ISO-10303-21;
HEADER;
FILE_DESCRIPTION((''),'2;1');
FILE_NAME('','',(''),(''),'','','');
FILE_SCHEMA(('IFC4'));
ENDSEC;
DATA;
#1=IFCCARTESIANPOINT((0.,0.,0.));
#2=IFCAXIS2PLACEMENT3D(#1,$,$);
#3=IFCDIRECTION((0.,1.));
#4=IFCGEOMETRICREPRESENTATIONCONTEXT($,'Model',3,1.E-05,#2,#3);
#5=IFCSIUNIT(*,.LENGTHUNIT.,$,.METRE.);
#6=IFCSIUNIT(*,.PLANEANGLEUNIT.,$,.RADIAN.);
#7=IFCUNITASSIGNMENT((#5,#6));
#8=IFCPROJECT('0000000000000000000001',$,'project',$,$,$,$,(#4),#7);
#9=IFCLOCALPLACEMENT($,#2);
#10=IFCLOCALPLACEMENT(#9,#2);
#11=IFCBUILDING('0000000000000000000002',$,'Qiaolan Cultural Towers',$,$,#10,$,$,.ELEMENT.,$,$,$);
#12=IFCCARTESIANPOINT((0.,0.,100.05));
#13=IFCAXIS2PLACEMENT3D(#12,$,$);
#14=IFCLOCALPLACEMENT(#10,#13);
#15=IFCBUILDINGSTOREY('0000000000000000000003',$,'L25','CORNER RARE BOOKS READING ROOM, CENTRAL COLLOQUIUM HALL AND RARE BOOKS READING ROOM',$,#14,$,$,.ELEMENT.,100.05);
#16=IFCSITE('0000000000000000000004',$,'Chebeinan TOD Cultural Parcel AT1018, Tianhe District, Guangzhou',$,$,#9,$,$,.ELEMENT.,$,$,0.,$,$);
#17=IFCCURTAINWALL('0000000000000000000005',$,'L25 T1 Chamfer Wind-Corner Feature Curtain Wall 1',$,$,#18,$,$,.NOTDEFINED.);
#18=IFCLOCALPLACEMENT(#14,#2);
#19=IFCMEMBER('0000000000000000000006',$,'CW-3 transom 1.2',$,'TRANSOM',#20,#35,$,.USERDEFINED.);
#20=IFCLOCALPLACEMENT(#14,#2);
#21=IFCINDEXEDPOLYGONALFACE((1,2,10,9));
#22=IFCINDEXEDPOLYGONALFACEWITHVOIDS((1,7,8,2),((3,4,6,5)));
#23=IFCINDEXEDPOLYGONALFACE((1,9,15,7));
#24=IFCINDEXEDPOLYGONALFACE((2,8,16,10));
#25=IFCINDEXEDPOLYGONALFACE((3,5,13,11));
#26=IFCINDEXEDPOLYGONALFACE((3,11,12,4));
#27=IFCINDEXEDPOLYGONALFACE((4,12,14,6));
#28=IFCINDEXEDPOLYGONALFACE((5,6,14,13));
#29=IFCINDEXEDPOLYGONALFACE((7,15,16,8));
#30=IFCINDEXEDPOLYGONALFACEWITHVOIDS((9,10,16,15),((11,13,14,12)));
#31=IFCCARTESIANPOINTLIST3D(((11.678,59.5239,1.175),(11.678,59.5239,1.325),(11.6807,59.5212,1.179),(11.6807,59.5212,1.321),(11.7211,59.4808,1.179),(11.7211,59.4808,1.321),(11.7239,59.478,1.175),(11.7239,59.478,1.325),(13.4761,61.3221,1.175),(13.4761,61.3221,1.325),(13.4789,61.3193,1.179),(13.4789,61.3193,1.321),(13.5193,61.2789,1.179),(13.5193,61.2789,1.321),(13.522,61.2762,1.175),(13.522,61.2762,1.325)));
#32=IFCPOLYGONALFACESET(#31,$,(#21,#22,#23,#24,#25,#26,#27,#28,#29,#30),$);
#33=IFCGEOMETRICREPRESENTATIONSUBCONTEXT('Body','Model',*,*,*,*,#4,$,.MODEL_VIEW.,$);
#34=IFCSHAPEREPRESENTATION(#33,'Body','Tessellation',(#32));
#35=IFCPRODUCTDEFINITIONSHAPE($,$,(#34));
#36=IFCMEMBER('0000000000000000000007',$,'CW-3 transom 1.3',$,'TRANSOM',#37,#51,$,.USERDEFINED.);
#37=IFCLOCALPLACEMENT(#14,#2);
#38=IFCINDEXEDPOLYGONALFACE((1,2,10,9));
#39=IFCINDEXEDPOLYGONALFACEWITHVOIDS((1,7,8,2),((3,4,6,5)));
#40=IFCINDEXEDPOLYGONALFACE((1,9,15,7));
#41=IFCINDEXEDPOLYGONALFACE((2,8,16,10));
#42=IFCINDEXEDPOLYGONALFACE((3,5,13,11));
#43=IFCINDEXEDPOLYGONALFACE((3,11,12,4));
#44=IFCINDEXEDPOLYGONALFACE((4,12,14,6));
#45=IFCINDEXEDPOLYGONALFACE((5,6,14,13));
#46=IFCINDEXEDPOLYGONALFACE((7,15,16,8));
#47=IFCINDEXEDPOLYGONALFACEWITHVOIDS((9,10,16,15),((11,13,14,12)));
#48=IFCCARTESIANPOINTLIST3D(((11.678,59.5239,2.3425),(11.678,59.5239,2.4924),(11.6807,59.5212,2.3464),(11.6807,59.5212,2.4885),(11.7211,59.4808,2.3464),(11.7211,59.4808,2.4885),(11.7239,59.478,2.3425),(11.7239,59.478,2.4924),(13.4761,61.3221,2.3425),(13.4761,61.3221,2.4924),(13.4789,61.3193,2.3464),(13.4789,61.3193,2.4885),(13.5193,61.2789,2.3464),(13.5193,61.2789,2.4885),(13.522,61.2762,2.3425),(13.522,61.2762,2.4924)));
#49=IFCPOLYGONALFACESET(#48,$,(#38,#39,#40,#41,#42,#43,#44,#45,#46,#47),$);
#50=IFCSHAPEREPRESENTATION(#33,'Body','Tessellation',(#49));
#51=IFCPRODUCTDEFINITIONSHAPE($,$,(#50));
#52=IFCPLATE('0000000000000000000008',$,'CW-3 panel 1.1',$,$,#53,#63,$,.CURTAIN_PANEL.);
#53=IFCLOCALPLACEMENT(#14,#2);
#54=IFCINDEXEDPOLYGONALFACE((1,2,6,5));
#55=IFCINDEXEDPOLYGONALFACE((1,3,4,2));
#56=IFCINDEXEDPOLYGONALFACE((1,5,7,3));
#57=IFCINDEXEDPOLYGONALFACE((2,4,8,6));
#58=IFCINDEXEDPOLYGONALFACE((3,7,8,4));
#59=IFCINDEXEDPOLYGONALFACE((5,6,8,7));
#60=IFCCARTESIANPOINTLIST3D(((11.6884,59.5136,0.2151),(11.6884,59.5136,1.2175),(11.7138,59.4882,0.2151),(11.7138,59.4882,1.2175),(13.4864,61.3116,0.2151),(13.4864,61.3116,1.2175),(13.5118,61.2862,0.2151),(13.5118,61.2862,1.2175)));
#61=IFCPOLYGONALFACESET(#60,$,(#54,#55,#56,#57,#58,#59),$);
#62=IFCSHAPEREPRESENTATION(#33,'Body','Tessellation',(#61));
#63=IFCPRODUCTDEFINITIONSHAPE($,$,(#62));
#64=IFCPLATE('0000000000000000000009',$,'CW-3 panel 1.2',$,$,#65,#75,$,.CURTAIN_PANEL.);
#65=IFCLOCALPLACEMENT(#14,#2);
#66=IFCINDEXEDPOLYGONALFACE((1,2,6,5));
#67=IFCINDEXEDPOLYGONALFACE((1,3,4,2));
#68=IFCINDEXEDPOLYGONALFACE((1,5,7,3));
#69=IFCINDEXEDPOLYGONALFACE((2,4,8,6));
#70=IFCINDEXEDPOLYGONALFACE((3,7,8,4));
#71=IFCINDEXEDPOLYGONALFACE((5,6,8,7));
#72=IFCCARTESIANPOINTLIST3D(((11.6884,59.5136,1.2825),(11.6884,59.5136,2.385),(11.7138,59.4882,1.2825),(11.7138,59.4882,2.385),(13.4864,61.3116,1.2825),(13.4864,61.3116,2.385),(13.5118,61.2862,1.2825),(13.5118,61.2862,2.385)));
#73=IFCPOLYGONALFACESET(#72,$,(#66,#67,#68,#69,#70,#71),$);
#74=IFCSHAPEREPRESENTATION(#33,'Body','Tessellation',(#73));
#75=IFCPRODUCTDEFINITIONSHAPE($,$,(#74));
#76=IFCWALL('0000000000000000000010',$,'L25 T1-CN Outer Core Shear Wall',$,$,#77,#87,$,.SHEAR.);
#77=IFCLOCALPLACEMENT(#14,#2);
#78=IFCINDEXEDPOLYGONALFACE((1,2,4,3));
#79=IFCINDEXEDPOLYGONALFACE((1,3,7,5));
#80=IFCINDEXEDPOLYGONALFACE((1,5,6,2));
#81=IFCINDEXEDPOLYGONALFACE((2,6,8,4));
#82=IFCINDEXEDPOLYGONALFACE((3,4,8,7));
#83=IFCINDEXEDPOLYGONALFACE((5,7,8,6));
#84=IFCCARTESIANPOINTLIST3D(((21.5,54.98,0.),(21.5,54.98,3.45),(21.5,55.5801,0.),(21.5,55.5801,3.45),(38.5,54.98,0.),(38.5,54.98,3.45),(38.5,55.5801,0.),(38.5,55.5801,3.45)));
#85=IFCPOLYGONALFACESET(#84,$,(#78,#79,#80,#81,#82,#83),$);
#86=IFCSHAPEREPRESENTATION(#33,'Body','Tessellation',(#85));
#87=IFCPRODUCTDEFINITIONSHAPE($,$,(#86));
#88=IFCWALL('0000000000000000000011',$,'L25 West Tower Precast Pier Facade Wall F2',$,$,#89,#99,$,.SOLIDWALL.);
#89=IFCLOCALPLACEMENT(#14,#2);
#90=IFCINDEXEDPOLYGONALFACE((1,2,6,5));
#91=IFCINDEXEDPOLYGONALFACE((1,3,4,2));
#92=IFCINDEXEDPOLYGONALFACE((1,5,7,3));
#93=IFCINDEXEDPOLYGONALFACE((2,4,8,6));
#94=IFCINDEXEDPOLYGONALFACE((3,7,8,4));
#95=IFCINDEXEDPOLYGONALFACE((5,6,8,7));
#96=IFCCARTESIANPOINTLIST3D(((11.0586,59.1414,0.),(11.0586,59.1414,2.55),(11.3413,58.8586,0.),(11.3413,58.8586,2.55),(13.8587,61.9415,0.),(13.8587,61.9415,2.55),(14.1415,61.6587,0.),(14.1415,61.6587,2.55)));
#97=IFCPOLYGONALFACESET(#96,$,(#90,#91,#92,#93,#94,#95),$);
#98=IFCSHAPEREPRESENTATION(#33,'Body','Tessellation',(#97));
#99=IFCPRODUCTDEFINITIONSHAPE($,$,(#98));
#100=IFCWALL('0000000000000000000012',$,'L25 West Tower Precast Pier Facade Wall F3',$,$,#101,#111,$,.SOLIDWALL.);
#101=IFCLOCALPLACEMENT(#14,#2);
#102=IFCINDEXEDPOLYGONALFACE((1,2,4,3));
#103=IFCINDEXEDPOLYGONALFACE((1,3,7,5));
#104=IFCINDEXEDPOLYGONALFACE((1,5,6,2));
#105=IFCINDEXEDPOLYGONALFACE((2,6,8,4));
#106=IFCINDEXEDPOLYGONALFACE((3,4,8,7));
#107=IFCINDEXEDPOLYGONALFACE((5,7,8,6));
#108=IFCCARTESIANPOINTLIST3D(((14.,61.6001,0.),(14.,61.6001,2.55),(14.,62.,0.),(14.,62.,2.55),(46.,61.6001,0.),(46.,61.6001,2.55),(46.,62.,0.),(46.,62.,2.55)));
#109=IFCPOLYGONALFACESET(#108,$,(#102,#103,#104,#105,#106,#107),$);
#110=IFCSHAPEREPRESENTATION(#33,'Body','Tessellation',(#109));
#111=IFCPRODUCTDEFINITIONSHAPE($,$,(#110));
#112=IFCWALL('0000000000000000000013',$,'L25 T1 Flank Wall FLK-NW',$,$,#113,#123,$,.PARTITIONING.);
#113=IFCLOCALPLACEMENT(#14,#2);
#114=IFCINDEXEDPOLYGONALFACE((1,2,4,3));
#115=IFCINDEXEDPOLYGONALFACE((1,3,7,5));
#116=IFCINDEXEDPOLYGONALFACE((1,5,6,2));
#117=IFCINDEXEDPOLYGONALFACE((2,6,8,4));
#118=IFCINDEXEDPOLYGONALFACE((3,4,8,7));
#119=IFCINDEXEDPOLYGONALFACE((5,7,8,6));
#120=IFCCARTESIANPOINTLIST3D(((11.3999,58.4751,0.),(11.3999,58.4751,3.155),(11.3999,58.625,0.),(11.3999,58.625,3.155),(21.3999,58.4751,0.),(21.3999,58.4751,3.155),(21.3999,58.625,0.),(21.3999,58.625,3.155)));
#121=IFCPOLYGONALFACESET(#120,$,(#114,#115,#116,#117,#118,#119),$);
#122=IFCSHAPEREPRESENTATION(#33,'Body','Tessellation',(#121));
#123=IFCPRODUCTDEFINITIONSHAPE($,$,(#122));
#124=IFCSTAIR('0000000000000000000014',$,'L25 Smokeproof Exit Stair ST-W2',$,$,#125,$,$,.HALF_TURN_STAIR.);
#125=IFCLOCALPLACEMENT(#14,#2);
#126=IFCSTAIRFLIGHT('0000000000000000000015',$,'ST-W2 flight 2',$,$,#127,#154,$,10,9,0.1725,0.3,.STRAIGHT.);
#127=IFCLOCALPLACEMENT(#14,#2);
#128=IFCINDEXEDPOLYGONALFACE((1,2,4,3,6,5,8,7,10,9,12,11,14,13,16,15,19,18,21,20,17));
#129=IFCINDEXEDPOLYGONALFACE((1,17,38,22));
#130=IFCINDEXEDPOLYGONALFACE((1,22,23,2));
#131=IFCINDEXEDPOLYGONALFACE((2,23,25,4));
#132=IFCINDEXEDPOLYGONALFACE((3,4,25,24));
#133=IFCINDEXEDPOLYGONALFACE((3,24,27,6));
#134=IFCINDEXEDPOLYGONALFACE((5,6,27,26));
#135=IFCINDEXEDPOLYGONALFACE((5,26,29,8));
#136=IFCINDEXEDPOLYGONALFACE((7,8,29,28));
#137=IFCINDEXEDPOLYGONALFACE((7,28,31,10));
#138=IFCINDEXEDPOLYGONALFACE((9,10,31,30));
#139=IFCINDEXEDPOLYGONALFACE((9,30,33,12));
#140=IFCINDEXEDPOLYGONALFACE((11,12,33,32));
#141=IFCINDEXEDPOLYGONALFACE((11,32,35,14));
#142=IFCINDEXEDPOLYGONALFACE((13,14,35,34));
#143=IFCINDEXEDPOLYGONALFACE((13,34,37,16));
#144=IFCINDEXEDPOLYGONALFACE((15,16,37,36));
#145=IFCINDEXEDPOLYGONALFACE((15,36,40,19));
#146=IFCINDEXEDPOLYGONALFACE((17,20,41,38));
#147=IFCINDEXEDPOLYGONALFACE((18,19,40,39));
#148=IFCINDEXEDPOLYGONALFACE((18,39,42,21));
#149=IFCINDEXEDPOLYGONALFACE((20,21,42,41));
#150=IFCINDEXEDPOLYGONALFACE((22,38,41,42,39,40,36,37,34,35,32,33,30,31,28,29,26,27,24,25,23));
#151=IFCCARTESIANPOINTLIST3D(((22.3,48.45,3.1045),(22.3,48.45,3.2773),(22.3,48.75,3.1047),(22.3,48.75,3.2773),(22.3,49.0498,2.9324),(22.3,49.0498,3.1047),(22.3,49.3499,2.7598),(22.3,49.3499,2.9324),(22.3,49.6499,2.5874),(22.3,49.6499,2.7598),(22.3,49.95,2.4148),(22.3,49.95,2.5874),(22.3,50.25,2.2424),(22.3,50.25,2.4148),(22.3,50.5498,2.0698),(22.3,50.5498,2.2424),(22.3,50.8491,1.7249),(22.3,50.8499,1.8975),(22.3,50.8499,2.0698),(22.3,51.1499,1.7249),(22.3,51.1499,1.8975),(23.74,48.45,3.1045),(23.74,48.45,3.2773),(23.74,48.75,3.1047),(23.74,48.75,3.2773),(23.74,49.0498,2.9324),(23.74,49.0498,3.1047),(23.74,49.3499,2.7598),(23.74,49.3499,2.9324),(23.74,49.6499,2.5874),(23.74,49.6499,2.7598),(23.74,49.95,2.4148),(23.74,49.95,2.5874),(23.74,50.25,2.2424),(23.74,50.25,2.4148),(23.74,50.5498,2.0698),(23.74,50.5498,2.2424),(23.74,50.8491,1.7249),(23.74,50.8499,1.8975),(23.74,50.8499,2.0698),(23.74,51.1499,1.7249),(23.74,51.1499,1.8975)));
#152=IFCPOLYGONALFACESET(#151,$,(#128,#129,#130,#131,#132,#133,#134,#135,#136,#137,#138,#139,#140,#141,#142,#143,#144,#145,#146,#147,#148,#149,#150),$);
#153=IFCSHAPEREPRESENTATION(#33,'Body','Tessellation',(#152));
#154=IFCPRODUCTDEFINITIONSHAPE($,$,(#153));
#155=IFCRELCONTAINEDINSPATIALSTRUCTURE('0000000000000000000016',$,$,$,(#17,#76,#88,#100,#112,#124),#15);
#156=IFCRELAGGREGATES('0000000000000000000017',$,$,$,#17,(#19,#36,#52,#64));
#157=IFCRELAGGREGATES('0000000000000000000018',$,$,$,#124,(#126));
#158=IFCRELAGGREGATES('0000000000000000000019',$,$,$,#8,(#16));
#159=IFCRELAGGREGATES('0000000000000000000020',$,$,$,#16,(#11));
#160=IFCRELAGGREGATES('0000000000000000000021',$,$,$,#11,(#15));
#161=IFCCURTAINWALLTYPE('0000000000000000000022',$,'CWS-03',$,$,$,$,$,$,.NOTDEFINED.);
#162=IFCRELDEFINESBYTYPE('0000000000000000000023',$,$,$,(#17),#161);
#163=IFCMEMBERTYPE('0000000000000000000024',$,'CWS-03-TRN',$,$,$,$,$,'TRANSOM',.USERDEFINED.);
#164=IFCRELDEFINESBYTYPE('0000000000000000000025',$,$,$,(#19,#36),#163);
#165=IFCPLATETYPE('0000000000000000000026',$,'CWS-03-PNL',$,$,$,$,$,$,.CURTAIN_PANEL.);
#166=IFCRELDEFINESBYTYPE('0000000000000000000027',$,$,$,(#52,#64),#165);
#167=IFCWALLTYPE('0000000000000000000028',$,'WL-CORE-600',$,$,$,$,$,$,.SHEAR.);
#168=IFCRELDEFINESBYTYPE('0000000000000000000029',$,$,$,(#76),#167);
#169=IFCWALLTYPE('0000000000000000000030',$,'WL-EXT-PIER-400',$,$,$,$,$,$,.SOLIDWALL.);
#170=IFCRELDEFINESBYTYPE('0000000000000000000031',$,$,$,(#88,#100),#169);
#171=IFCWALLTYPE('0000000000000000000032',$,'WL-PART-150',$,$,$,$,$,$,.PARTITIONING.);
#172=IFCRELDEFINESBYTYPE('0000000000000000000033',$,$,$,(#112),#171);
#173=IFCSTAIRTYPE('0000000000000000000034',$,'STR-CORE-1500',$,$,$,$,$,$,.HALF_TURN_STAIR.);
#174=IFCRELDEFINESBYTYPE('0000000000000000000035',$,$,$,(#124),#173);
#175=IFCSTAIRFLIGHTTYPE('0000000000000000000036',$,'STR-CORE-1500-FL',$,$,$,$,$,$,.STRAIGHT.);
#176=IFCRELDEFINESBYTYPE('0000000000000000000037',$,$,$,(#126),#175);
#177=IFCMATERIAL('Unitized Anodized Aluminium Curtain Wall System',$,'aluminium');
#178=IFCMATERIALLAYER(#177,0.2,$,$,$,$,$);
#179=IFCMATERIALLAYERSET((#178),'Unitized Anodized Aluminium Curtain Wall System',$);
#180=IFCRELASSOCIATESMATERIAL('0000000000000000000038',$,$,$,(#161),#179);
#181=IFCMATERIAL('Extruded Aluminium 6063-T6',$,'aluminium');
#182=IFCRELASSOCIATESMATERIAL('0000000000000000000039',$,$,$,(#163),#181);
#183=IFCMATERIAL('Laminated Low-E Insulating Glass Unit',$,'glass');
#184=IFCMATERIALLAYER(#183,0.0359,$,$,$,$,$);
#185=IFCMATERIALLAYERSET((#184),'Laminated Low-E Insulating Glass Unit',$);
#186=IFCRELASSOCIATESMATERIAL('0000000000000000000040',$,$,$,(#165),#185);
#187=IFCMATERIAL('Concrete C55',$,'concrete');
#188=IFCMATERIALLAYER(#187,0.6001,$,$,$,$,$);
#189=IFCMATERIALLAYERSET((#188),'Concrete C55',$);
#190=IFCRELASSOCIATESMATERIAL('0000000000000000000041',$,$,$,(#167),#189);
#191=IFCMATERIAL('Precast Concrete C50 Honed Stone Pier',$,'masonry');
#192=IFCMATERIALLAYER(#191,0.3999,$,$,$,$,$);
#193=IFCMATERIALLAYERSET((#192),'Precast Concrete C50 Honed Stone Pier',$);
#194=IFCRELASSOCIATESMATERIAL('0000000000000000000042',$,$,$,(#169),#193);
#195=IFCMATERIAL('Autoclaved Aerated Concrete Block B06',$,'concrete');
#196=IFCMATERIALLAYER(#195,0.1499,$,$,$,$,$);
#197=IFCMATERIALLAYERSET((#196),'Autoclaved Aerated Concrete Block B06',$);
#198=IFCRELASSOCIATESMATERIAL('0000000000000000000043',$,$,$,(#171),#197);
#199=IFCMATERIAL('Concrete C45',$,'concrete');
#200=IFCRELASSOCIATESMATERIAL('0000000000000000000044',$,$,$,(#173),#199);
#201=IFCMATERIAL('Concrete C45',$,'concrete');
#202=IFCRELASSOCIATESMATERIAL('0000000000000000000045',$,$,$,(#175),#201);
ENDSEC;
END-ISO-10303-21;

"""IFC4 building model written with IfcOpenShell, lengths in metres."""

from ifc_helpers import new_model, si_unit, direction, frame, frame_2d, origin, origin_2d, place, context, subcontext, project, spatial, polyline, rectangle, hollow_rectangle, outline, extrude, material, layer, layer_set, material_profile, profile_set, type_object, element, aggregate, save


model = new_model("IFC4")

# Units and contexts
model_context = context("Model", 3, precision=1e-05, world=origin(), true_north=direction((0.0, 1.0)))
body_context = subcontext(model_context, "Body", "Model", "MODEL_VIEW")
ifc_project = project(units=[si_unit("LENGTHUNIT", "METRE"), si_unit("PLANEANGLEUNIT", "RADIAN")], contexts=[model_context])

# Site, building, storey
site_placement = place(None, origin())
site = spatial("IfcSite", under=ifc_project, at=site_placement, Name="Chebeinan TOD Cultural Parcel AT1018, Tianhe District, Guangzhou", CompositionType="ELEMENT", RefElevation=0.0)
building_placement = place(site_placement, origin())
building = spatial("IfcBuilding", under=site, at=building_placement, Name="Qiaolan Cultural Towers", CompositionType="ELEMENT")
storey_placement = place(building_placement, frame((0.0, 0.0, 100.05)))
storey = spatial("IfcBuildingStorey", under=building, at=storey_placement, Name="L25", Description="CORNER RARE BOOKS READING ROOM, CENTRAL COLLOQUIUM HALL AND RARE BOOKS READING ROOM", CompositionType="ELEMENT", Elevation=100.05)

# Curtain wall, members, plates
ifc_material_1 = material(Name="Unitized Anodized Aluminium Curtain Wall System", Category="aluminium")
ifc_layer_1 = layer(ifc_material_1, 0.2)
ifc_layer_set_1 = layer_set([ifc_layer_1], Name="Unitized Anodized Aluminium Curtain Wall System")
curtain_wall_type = type_object("IfcCurtainWallType", Name="CWS-03", PredefinedType="NOTDEFINED", material=ifc_layer_set_1)
curtain_wall_placement = place(storey_placement, origin())
curtain_wall = element("IfcCurtainWall", 1, at=curtain_wall_placement, inside=storey, type_object=curtain_wall_type, Name="L25 T1 Chamfer Wind-Corner Feature Curtain Wall 1", PredefinedType="NOTDEFINED")
ifc_material_2 = material(Name="Extruded Aluminium 6063-T6", Category="aluminium")
ifc_material_profile_1 = material_profile(ifc_material_2, hollow_rectangle(XDim=0.0649, YDim=0.1499, WallThickness=0.0039, at=origin_2d()), Name="CWT-150x65x4")
ifc_profile_set_1 = profile_set([ifc_material_profile_1], Name="Extruded Aluminium 6063-T6")
member_type_1 = type_object("IfcMemberType", Name="CWS-03-TRN", ElementType="TRANSOM", PredefinedType="USERDEFINED", material=ifc_profile_set_1)
member_1_placement = place(storey_placement, frame((11.7009, 59.501, 1.25), z_axis=(0.707107, 0.707107, 0.0), x_axis=(-0.707107, 0.707107, 0.0)))
member_1 = element("IfcMember", 2, at=member_1_placement, type_object=member_type_1, Name="CW-3 transom 1.2", ObjectType="TRANSOM", PredefinedType="USERDEFINED", context=body_context, shape_type="SweptSolid", body=[
    extrude(hollow_rectangle(XDim=0.0649, YDim=0.1499, WallThickness=0.0039, at=origin_2d()), origin(), (0.0, 0.0, 1.0), 2.543),
])
member_2_placement = place(storey_placement, frame((11.7009, 59.501, 2.4175), z_axis=(0.707107, 0.707107, 0.0), x_axis=(-0.707107, 0.707107, 0.0)))
member_2 = element("IfcMember", 3, at=member_2_placement, type_object=member_type_1, Name="CW-3 transom 1.3", ObjectType="TRANSOM", PredefinedType="USERDEFINED", context=body_context, shape_type="SweptSolid", body=[
    extrude(hollow_rectangle(XDim=0.0649, YDim=0.1499, WallThickness=0.0039, at=origin_2d()), origin(), (0.0, 0.0, 1.0), 2.543),
])
ifc_material_3 = material(Name="Laminated Low-E Insulating Glass Unit", Category="glass")
ifc_layer_2 = layer(ifc_material_3, 0.0359)
ifc_layer_set_2 = layer_set([ifc_layer_2], Name="Laminated Low-E Insulating Glass Unit")
plate_type = type_object("IfcPlateType", Name="CWS-03-PNL", PredefinedType="CURTAIN_PANEL", material=ifc_layer_set_2)
plate_1_placement = place(storey_placement, frame((12.6001, 60.3999, 0.2151), z_axis=(0.0, 0.0, 1.0), x_axis=(0.707107, 0.707107, 0.0)))
plate_1 = element("IfcPlate", 4, at=plate_1_placement, type_object=plate_type, Name="CW-3 panel 1.1", PredefinedType="CURTAIN_PANEL", context=body_context, shape_type="SweptSolid", body=[
    extrude(rectangle(XDim=2.5427, YDim=0.0359, at=origin_2d()), origin(), (0.0, 0.0, 1.0), 1.0024),
])
plate_2_placement = place(storey_placement, frame((12.6001, 60.3999, 1.2825), z_axis=(0.0, 0.0, 1.0), x_axis=(0.707107, 0.707107, 0.0)))
plate_2 = element("IfcPlate", 5, at=plate_2_placement, type_object=plate_type, Name="CW-3 panel 1.2", PredefinedType="CURTAIN_PANEL", context=body_context, shape_type="SweptSolid", body=[
    extrude(rectangle(XDim=2.5427, YDim=0.0359, at=origin_2d()), origin(), (0.0, 0.0, 1.0), 1.1025),
])
aggregate(curtain_wall, [member_1, member_2, plate_1, plate_2])

# Walls
ifc_material_4 = material(Name="Concrete C55", Category="concrete")
ifc_layer_3 = layer(ifc_material_4, 0.6001)
ifc_layer_set_3 = layer_set([ifc_layer_3], Name="Concrete C55")
wall_type_1 = type_object("IfcWallType", Name="WL-CORE-600", PredefinedType="SHEAR", material=ifc_layer_set_3)
wall_1_placement = place(storey_placement, frame((21.5, 55.28, 0.0), z_axis=(0.0, 0.0, 1.0), x_axis=(1.0, 0.0, 0.0)))
element("IfcWall", 6, at=wall_1_placement, inside=storey, type_object=wall_type_1, Name="L25 T1-CN Outer Core Shear Wall", PredefinedType="SHEAR", context=body_context, shape_type="SweptSolid", body=[
    extrude(rectangle(XDim=17.0, YDim=0.6001, at=frame_2d((8.5, 0.0))), origin(), (0.0, 0.0, 1.0), 3.45),
])
ifc_material_5 = material(Name="Precast Concrete C50 Honed Stone Pier", Category="masonry")
ifc_layer_4 = layer(ifc_material_5, 0.3999)
ifc_layer_set_4 = layer_set([ifc_layer_4], Name="Precast Concrete C50 Honed Stone Pier")
wall_type_2 = type_object("IfcWallType", Name="WL-EXT-PIER-400", PredefinedType="SOLIDWALL", material=ifc_layer_set_4)
wall_2_placement = place(storey_placement, frame((11.2, 59.0, 0.0), z_axis=(0.0, 0.0, 1.0), x_axis=(0.707107, 0.707107, 0.0)))
element("IfcWall", 7, at=wall_2_placement, inside=storey, type_object=wall_type_2, Name="L25 West Tower Precast Pier Facade Wall F2", PredefinedType="SOLIDWALL", context=body_context, shape_type="SweptSolid", body=[
    extrude(rectangle(XDim=3.96, YDim=0.3999, at=frame_2d((1.98, 0.0))), origin(), (0.0, 0.0, 1.0), 2.55),
])
wall_3_placement = place(storey_placement, frame((14.0, 61.8, 0.0), z_axis=(0.0, 0.0, 1.0), x_axis=(1.0, 0.0, 0.0)))
element("IfcWall", 8, at=wall_3_placement, inside=storey, type_object=wall_type_2, Name="L25 West Tower Precast Pier Facade Wall F3", PredefinedType="SOLIDWALL", context=body_context, shape_type="SweptSolid", body=[
    extrude(rectangle(XDim=32.0, YDim=0.3999, at=frame_2d((16.0, 0.0))), origin(), (0.0, 0.0, 1.0), 2.55),
])
ifc_material_6 = material(Name="Autoclaved Aerated Concrete Block B06", Category="concrete")
ifc_layer_5 = layer(ifc_material_6, 0.1499)
ifc_layer_set_5 = layer_set([ifc_layer_5], Name="Autoclaved Aerated Concrete Block B06")
wall_type_3 = type_object("IfcWallType", Name="WL-PART-150", PredefinedType="PARTITIONING", material=ifc_layer_set_5)
wall_4_placement = place(storey_placement, frame((11.3999, 58.55, 0.0), z_axis=(0.0, 0.0, 1.0), x_axis=(1.0, 0.0, 0.0)))
element("IfcWall", 9, at=wall_4_placement, inside=storey, type_object=wall_type_3, Name="L25 T1 Flank Wall FLK-NW", PredefinedType="PARTITIONING", context=body_context, shape_type="SweptSolid", body=[
    extrude(rectangle(XDim=10.0, YDim=0.1499, at=frame_2d((5.0, 0.0))), origin(), (0.0, 0.0, 1.0), 3.155),
])

# Stair, stair flight
ifc_material_7 = material(Name="Concrete C45", Category="concrete")
stair_type = type_object("IfcStairType", Name="STR-CORE-1500", PredefinedType="HALF_TURN_STAIR", material=ifc_material_7)
stair_placement = place(storey_placement, origin())
stair = element("IfcStair", 10, at=stair_placement, inside=storey, type_object=stair_type, Name="L25 Smokeproof Exit Stair ST-W2", PredefinedType="HALF_TURN_STAIR")
ifc_material_8 = material(Name="Concrete C45", Category="concrete")
stair_flight_type = type_object("IfcStairFlightType", Name="STR-CORE-1500-FL", PredefinedType="STRAIGHT", material=ifc_material_8)
stair_flight_placement = place(storey_placement, frame((23.02, 51.1499, 1.7249), z_axis=(0.0, 0.0, 1.0), x_axis=(0.0, -1.0, 0.0)))
stair_flight = element("IfcStairFlight", 11, at=stair_flight_placement, type_object=stair_flight_type, Name="ST-W2 flight 2", NumberOfRisers=10, NumberOfTreads=9, PredefinedType="STRAIGHT", RiserHeight=0.1725, TreadLength=0.3, context=body_context, shape_type="SweptSolid", body=[
    extrude(outline(polyline([(0.0, 0.0), (0.0, 0.1726), (0.3, 0.1726), (0.3, 0.345), (0.6001, 0.345), (0.6001, 0.5176), (0.8999, 0.5176), (0.8999, 0.6899), (1.2, 0.6899), (1.2, 0.8625), (1.5, 0.8625), (1.5, 1.0349), (1.8, 1.0349), (1.8, 1.2075), (2.1001, 1.2075), (2.1001, 1.3799), (2.3999, 1.3799), (2.3999, 1.5525), (2.7, 1.5525), (2.7, 1.7251), (2.7, 1.3796), (0.3008, 0.0), (0.0, 0.0)])), frame((0.0, 0.72, 0.0), z_axis=(0.0, -1.0, 0.0), x_axis=(1.0, 0.0, 0.0)), (0.0, 0.0, 1.0), 1.4399),
])
aggregate(stair, [stair_flight])

save(model, "model.ifc")
